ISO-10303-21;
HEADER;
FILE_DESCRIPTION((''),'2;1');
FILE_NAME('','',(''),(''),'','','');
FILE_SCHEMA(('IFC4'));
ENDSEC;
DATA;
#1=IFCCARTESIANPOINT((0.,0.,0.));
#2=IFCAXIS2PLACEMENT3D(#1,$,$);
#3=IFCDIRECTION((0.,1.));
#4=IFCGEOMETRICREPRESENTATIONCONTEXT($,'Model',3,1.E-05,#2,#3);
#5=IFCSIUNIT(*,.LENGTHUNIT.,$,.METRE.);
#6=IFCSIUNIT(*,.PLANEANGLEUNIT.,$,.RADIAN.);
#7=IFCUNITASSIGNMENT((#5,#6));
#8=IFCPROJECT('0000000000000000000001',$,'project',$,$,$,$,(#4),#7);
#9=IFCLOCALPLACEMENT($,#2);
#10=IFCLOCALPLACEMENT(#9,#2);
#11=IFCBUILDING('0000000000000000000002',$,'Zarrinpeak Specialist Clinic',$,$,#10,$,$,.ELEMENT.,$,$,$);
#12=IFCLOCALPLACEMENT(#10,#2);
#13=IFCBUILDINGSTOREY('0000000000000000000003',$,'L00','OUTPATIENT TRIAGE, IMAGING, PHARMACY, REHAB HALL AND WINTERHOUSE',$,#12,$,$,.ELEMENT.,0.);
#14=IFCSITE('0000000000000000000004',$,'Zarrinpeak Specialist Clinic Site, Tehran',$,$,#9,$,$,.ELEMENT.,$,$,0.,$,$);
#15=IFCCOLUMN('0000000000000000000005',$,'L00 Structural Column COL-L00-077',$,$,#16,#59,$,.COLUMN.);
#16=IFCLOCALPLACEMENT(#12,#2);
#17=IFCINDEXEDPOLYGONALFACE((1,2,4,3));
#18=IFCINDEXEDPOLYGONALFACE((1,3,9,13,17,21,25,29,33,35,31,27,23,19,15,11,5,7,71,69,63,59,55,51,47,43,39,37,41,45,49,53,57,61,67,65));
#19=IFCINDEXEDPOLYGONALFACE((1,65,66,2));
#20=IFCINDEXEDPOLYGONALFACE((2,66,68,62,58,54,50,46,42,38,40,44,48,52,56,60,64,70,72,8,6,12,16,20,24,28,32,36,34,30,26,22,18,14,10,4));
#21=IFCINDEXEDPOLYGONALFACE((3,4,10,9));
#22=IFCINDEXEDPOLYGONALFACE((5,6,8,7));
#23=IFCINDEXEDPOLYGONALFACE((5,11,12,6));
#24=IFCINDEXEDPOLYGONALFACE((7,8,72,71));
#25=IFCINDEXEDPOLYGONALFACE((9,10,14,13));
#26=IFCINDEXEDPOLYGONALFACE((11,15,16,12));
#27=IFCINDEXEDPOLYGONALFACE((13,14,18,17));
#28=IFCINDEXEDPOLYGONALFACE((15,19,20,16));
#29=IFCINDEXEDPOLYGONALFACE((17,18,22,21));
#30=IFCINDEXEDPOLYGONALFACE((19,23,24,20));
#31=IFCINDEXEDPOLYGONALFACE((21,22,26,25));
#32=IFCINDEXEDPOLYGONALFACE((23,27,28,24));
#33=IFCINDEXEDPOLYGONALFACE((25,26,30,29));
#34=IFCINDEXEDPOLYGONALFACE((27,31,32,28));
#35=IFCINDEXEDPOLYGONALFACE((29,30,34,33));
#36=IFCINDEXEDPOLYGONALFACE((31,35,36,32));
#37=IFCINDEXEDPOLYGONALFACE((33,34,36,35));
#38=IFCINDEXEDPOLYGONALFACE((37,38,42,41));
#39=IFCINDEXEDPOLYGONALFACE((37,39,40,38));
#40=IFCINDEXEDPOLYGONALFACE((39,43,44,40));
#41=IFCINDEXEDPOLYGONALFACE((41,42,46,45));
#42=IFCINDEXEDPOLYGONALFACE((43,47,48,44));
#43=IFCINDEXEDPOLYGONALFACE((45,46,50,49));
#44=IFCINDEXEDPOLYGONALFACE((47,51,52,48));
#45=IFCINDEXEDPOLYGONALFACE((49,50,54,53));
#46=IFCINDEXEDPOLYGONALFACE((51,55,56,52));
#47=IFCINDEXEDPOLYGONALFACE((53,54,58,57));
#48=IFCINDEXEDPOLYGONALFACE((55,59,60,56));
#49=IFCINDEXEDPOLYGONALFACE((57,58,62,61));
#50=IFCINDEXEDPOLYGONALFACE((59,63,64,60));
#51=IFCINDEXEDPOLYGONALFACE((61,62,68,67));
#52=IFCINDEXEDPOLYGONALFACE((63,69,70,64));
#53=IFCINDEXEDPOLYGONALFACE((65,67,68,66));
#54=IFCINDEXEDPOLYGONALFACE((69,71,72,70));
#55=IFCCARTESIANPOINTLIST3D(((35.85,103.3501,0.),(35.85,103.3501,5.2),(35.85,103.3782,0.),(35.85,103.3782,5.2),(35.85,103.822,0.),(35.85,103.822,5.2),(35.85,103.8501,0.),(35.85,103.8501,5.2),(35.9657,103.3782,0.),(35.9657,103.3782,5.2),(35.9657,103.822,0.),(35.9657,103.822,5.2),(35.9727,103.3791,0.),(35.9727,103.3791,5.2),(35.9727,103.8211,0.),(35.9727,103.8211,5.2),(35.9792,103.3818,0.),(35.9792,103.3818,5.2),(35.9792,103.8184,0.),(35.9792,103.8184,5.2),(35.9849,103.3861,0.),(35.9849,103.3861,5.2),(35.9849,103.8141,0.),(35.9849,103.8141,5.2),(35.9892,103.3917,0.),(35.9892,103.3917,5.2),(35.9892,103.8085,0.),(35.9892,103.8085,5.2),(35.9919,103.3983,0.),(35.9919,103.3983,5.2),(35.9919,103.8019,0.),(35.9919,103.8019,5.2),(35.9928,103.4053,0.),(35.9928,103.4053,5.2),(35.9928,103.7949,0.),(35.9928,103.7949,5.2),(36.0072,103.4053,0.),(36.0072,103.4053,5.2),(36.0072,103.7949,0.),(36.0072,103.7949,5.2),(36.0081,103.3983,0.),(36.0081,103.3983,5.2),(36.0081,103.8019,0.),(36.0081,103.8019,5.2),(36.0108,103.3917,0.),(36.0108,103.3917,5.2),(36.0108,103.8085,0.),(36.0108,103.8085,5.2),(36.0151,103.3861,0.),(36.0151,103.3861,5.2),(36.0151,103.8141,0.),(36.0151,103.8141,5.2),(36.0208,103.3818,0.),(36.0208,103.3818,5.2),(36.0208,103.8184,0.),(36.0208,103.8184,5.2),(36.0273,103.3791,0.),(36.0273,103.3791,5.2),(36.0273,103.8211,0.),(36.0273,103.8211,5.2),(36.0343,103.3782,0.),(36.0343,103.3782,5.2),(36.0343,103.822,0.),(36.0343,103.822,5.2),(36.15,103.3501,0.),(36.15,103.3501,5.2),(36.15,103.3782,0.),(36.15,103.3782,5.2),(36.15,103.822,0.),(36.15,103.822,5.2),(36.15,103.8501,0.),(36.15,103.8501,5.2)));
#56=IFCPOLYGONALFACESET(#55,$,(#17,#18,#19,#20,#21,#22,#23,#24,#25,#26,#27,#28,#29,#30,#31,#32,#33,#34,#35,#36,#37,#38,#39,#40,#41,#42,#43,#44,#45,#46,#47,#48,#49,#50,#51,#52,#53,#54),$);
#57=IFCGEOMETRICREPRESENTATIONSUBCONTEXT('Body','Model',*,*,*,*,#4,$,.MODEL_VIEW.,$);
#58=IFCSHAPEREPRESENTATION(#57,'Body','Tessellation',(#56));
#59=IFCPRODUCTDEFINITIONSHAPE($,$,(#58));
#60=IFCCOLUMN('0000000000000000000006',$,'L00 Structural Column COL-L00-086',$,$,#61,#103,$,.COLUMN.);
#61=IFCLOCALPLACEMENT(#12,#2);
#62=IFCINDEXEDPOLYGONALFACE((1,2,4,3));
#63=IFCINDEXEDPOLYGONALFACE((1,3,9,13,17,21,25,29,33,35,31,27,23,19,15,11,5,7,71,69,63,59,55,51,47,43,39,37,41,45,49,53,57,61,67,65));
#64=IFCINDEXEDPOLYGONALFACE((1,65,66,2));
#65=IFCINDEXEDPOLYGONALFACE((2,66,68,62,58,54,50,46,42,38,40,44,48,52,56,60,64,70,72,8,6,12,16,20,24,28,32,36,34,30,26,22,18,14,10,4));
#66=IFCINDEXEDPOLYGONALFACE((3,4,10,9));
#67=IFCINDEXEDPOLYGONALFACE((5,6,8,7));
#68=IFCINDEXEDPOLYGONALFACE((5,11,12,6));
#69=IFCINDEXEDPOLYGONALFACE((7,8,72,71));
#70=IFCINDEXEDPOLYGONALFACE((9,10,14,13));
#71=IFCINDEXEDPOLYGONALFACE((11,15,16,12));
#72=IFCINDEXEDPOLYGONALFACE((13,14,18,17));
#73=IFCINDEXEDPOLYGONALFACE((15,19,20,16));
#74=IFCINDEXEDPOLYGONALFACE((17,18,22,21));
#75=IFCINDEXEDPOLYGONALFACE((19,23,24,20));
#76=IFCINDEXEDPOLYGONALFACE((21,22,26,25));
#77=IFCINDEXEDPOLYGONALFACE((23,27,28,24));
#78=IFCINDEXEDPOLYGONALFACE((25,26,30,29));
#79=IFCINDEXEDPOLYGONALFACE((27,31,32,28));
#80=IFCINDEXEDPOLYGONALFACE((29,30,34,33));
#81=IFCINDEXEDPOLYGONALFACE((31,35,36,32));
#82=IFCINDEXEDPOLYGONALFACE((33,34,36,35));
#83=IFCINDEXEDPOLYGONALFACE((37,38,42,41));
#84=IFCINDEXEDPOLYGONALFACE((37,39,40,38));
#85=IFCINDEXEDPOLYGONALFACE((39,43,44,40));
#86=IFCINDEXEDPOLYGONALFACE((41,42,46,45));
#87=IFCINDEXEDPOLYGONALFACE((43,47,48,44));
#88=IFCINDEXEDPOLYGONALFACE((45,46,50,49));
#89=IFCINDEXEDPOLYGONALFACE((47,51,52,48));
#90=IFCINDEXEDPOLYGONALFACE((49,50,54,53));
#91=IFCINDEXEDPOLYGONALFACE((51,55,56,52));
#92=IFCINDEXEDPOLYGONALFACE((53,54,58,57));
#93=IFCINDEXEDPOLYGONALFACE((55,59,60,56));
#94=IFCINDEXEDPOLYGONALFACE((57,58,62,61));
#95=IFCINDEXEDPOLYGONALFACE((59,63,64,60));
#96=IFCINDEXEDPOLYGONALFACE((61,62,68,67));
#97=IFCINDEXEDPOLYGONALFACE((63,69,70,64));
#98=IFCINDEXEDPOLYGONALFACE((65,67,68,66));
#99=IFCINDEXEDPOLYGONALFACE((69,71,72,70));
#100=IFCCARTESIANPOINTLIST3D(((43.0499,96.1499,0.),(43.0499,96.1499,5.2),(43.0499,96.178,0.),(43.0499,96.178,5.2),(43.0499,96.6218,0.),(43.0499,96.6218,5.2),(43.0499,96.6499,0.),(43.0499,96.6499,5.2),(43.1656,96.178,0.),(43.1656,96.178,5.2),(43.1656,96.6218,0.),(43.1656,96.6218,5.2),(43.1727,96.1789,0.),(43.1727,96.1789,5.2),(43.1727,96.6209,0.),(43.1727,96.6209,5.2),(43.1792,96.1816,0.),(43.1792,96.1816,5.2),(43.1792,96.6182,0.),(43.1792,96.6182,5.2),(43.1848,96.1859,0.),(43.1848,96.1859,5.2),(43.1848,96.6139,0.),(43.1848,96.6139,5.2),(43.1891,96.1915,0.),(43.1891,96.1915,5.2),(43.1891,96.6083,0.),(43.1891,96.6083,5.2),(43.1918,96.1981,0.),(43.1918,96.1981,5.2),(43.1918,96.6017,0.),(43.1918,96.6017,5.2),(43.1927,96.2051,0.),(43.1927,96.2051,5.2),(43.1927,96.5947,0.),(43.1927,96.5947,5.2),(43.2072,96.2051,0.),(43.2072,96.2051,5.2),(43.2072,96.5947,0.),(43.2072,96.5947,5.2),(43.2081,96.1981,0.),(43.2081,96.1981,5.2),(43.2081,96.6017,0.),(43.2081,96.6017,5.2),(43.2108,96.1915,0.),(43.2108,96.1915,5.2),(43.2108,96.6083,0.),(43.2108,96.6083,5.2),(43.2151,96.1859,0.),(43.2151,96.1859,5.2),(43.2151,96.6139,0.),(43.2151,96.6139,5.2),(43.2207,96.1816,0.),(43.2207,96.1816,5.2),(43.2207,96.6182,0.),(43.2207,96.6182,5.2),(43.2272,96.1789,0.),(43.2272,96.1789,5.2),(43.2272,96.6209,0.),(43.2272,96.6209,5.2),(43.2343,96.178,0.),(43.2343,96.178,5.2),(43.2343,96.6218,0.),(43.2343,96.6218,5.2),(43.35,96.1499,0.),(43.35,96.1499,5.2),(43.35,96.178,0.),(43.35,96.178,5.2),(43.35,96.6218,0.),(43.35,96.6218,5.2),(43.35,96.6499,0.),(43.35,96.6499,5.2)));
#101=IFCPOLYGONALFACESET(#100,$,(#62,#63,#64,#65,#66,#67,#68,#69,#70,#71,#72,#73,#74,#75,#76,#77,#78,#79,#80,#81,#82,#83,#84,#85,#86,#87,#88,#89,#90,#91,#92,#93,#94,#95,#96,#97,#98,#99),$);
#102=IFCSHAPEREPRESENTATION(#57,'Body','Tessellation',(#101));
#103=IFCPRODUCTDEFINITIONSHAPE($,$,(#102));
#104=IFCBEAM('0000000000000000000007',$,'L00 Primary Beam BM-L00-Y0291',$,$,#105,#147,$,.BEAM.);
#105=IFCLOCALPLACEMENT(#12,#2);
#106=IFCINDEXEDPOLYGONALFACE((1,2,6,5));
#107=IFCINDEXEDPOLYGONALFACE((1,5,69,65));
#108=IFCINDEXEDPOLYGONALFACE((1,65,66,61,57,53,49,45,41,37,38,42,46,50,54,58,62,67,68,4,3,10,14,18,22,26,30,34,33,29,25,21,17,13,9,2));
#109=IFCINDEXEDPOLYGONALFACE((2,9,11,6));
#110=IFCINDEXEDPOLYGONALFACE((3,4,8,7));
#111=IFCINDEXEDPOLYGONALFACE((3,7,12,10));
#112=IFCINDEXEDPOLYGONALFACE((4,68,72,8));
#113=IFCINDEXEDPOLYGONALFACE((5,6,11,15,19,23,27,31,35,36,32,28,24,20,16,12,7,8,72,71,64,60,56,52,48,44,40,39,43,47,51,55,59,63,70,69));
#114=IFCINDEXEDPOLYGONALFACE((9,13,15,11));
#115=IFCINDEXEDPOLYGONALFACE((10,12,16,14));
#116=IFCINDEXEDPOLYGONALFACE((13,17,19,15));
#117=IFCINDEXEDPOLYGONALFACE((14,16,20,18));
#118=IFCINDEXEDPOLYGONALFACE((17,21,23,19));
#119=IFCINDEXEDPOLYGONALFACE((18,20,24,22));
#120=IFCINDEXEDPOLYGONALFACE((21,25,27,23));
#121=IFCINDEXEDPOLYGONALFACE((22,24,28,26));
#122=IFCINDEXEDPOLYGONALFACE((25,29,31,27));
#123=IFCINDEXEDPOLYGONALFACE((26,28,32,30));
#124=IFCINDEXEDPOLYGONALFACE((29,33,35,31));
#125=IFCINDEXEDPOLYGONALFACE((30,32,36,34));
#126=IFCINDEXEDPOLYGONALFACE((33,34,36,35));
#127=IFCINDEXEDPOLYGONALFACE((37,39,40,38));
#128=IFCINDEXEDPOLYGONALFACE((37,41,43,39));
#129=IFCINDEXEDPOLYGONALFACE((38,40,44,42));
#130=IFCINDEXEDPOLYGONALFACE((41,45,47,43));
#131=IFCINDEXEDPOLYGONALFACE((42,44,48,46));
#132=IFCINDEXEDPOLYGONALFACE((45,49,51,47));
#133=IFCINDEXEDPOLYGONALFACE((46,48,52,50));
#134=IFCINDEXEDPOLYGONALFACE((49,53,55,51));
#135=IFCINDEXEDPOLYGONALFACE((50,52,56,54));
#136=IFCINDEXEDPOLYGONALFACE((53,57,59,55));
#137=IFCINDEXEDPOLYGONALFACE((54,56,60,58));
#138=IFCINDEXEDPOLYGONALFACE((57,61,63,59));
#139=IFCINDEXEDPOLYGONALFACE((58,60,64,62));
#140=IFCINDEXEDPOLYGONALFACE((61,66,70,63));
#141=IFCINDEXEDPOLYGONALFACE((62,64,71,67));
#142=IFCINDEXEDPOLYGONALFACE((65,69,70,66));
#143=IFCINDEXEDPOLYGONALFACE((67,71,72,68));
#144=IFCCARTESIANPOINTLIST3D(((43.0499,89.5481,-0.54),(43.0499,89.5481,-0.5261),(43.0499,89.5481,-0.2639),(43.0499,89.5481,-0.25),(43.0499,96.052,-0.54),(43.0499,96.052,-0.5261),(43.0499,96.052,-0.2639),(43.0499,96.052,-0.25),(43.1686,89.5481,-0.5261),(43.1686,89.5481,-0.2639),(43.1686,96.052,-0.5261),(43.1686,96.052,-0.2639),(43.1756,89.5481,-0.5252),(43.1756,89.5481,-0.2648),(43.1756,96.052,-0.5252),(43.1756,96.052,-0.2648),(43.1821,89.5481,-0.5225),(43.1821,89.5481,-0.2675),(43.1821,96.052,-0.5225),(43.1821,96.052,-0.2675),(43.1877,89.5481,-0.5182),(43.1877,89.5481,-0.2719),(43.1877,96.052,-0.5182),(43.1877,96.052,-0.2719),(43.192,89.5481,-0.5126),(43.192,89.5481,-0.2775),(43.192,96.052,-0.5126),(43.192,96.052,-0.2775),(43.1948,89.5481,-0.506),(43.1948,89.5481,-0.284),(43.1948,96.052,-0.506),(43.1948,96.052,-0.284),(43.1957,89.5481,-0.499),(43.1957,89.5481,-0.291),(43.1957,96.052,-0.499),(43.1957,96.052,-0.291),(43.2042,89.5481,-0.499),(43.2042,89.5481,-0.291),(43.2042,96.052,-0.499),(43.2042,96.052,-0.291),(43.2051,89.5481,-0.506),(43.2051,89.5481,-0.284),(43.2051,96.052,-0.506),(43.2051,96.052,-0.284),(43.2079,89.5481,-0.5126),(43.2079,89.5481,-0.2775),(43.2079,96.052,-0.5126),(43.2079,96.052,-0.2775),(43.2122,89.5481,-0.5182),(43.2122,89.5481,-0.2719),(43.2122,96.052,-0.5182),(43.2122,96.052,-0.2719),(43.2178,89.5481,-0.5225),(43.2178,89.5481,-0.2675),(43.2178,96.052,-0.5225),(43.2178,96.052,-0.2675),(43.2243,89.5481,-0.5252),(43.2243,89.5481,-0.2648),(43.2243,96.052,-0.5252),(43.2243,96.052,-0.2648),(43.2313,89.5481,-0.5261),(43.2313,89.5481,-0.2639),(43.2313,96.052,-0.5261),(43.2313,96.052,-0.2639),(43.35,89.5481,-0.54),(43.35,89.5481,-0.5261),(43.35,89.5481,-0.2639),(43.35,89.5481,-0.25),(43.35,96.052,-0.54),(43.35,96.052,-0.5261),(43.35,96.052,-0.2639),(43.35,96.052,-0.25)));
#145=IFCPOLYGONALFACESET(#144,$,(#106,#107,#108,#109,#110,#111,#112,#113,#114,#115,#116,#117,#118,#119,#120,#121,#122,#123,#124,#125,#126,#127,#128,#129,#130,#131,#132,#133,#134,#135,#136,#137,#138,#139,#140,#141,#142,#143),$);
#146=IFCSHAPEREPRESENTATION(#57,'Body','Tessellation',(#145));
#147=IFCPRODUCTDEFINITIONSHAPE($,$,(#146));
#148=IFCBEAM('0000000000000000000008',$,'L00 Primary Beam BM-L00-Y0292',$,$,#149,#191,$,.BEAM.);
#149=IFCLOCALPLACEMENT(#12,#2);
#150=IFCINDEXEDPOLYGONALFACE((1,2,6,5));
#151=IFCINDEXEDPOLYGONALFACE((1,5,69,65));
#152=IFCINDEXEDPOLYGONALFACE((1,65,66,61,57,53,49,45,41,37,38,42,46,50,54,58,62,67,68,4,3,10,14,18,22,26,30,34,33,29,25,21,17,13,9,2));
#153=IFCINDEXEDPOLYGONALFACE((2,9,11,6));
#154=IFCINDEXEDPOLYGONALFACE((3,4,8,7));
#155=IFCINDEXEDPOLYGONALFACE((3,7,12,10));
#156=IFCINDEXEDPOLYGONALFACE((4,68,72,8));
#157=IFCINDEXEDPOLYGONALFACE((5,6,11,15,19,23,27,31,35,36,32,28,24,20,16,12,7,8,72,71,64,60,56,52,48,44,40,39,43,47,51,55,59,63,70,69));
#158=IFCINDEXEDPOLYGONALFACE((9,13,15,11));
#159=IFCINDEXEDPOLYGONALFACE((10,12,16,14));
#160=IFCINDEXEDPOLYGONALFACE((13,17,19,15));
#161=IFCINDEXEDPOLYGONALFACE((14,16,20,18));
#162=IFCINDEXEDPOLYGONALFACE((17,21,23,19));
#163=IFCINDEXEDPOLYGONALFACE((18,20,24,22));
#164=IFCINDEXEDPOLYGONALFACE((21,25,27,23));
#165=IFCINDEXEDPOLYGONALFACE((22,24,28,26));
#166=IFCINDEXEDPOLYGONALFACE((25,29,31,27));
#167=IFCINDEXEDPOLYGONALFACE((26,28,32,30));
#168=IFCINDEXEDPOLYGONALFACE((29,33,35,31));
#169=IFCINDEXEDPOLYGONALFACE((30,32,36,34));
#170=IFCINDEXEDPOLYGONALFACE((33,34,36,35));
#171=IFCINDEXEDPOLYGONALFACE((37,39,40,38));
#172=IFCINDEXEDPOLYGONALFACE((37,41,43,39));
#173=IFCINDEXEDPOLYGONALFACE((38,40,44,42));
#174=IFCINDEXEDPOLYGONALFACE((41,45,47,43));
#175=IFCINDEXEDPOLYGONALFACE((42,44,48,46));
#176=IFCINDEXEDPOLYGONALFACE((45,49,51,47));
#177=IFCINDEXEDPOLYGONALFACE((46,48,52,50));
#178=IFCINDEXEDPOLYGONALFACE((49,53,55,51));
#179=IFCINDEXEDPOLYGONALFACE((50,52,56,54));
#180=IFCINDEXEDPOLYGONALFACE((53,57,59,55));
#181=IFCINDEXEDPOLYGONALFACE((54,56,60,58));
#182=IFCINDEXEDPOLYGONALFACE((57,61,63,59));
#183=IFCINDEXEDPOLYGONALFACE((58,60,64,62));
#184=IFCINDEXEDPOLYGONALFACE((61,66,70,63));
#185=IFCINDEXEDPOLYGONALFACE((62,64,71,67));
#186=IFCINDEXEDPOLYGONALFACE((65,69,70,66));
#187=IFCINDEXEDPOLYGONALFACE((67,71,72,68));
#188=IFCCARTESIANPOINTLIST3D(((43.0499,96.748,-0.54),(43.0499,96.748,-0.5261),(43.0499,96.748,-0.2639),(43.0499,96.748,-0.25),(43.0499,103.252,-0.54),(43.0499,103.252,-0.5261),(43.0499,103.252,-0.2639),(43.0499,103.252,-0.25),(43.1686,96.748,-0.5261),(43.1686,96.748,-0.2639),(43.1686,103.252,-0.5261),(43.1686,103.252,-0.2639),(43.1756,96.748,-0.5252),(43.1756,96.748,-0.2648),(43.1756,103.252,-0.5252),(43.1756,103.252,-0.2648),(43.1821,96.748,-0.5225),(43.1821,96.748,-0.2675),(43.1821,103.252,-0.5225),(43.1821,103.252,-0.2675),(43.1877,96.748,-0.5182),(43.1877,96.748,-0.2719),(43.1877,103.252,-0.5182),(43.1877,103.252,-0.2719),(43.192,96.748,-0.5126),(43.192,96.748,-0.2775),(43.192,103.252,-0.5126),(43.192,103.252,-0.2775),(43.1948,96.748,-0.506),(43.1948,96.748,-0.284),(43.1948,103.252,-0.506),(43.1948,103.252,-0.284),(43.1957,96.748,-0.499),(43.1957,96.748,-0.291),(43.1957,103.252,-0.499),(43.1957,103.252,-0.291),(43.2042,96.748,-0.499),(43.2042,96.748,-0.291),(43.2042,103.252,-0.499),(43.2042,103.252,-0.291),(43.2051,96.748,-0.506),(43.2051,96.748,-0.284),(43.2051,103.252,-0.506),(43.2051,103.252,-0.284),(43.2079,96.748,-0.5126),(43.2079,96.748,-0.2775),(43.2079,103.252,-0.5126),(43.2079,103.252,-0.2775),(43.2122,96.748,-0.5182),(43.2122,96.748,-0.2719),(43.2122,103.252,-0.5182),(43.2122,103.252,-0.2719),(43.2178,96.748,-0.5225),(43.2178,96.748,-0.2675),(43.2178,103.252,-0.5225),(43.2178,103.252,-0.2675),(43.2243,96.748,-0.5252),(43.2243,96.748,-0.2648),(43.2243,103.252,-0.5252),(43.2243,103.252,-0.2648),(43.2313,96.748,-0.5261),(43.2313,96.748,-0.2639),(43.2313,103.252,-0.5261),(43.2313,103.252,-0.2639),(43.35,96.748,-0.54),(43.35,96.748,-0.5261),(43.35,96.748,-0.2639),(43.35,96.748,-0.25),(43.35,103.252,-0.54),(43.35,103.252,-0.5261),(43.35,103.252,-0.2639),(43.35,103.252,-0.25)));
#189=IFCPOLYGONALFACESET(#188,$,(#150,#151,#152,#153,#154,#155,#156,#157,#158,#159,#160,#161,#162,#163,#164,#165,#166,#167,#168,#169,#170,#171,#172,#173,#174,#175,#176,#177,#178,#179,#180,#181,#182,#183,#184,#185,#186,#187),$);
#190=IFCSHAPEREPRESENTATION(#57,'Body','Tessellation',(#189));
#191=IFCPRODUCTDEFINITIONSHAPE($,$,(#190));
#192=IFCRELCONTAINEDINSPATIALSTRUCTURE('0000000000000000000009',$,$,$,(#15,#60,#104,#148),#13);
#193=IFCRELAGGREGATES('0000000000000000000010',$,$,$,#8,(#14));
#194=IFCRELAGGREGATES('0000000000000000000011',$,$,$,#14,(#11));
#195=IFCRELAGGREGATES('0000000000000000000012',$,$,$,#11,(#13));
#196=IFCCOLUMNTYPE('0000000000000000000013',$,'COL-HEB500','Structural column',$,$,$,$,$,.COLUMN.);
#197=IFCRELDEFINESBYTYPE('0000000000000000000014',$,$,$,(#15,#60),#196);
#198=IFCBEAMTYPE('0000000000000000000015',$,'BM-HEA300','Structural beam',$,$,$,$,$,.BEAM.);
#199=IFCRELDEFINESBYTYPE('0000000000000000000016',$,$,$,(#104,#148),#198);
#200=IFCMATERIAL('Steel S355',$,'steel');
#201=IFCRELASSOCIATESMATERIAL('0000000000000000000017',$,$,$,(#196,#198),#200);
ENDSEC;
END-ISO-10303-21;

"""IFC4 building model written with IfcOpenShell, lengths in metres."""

from ifc_helpers import new_model, si_unit, direction, frame, origin, origin_2d, place, context, subcontext, project, spatial, i_section, extrude, material, material_profile, profile_set, type_object, element, save


model = new_model("IFC4")

# Units and contexts
model_context = context("Model", 3, precision=1e-05, world=origin(), true_north=direction((0.0, 1.0)))
body_context = subcontext(model_context, "Body", "Model", "MODEL_VIEW")
ifc_project = project(units=[si_unit("LENGTHUNIT", "METRE"), si_unit("PLANEANGLEUNIT", "RADIAN")], contexts=[model_context])

# Site, building, storey
site_placement = place(None, origin())
site = spatial("IfcSite", under=ifc_project, at=site_placement, Name="Zarrinpeak Specialist Clinic Site, Tehran", CompositionType="ELEMENT", RefElevation=0.0)
building_placement = place(site_placement, origin())
building = spatial("IfcBuilding", under=site, at=building_placement, Name="Zarrinpeak Specialist Clinic", CompositionType="ELEMENT")
storey_placement = place(building_placement, origin())
storey = spatial("IfcBuildingStorey", under=building, at=storey_placement, Name="L00", Description="OUTPATIENT TRIAGE, IMAGING, PHARMACY, REHAB HALL AND WINTERHOUSE", CompositionType="ELEMENT", Elevation=0.0)

# Columns
ifc_material_1 = material(Name="Steel S355", Category="steel")
ifc_material_profile_1 = material_profile(ifc_material_1, i_section(OverallWidth=0.3, OverallDepth=0.5, WebThickness=0.0144, FlangeThickness=0.0281, FilletRadius=0.0271, at=origin_2d()), Name="HEB 500")
ifc_profile_set_1 = profile_set([ifc_material_profile_1], Name="Steel S355")
column_type = type_object("IfcColumnType", Name="COL-HEB500", Description="Structural column", PredefinedType="COLUMN", material=ifc_profile_set_1)
for number, where, z_axis, x_axis, name in (
    (1, (36.0, 103.6001, 0.0), (0.0, 0.0, 1.0), (1.0, 0.0, 0.0), "L00 Structural Column COL-L00-077"),
    (2, (43.2, 96.3999, 0.0), (0.0, 0.0, 1.0), (1.0, 0.0, 0.0), "L00 Structural Column COL-L00-086"),
):
    element("IfcColumn", number, at=place(storey_placement, frame(where, z_axis=z_axis, x_axis=x_axis)), inside=storey, type_object=column_type, Name=name, PredefinedType="COLUMN", context=body_context, shape_type="SweptSolid", body=[
        extrude(i_section(OverallWidth=0.3, OverallDepth=0.5, WebThickness=0.0144, FlangeThickness=0.0281, FilletRadius=0.0271, at=origin_2d()), origin(), (0.0, 0.0, 1.0), 5.2),
    ])

# Beams
ifc_material_profile_2 = material_profile(ifc_material_1, i_section(OverallWidth=0.3, OverallDepth=0.29, WebThickness=0.0085, FlangeThickness=0.0139, FilletRadius=0.0271, at=origin_2d()), Name="HEA 300")
ifc_profile_set_2 = profile_set([ifc_material_profile_2], Name="Steel S355")
beam_type_1 = type_object("IfcBeamType", Name="BM-HEA300", Description="Structural beam", PredefinedType="BEAM", material=ifc_profile_set_2)
for number, where, z_axis, x_axis, name in (
    (3, (43.2, 89.5481, -0.395), (0.0, 1.0, 0.0), (-1.0, 0.0, 0.0), "L00 Primary Beam BM-L00-Y0291"),
    (4, (43.2, 96.748, -0.395), (0.0, 1.0, 0.0), (-1.0, 0.0, 0.0), "L00 Primary Beam BM-L00-Y0292"),
):
    element("IfcBeam", number, at=place(storey_placement, frame(where, z_axis=z_axis, x_axis=x_axis)), inside=storey, type_object=beam_type_1, Name=name, PredefinedType="BEAM", context=body_context, shape_type="SweptSolid", body=[
        extrude(i_section(OverallWidth=0.3, OverallDepth=0.29, WebThickness=0.0085, FlangeThickness=0.0139, FilletRadius=0.0271, at=origin_2d()), origin(), (0.0, 0.0, 1.0), 6.5039),
    ])

save(model, "model.ifc")
